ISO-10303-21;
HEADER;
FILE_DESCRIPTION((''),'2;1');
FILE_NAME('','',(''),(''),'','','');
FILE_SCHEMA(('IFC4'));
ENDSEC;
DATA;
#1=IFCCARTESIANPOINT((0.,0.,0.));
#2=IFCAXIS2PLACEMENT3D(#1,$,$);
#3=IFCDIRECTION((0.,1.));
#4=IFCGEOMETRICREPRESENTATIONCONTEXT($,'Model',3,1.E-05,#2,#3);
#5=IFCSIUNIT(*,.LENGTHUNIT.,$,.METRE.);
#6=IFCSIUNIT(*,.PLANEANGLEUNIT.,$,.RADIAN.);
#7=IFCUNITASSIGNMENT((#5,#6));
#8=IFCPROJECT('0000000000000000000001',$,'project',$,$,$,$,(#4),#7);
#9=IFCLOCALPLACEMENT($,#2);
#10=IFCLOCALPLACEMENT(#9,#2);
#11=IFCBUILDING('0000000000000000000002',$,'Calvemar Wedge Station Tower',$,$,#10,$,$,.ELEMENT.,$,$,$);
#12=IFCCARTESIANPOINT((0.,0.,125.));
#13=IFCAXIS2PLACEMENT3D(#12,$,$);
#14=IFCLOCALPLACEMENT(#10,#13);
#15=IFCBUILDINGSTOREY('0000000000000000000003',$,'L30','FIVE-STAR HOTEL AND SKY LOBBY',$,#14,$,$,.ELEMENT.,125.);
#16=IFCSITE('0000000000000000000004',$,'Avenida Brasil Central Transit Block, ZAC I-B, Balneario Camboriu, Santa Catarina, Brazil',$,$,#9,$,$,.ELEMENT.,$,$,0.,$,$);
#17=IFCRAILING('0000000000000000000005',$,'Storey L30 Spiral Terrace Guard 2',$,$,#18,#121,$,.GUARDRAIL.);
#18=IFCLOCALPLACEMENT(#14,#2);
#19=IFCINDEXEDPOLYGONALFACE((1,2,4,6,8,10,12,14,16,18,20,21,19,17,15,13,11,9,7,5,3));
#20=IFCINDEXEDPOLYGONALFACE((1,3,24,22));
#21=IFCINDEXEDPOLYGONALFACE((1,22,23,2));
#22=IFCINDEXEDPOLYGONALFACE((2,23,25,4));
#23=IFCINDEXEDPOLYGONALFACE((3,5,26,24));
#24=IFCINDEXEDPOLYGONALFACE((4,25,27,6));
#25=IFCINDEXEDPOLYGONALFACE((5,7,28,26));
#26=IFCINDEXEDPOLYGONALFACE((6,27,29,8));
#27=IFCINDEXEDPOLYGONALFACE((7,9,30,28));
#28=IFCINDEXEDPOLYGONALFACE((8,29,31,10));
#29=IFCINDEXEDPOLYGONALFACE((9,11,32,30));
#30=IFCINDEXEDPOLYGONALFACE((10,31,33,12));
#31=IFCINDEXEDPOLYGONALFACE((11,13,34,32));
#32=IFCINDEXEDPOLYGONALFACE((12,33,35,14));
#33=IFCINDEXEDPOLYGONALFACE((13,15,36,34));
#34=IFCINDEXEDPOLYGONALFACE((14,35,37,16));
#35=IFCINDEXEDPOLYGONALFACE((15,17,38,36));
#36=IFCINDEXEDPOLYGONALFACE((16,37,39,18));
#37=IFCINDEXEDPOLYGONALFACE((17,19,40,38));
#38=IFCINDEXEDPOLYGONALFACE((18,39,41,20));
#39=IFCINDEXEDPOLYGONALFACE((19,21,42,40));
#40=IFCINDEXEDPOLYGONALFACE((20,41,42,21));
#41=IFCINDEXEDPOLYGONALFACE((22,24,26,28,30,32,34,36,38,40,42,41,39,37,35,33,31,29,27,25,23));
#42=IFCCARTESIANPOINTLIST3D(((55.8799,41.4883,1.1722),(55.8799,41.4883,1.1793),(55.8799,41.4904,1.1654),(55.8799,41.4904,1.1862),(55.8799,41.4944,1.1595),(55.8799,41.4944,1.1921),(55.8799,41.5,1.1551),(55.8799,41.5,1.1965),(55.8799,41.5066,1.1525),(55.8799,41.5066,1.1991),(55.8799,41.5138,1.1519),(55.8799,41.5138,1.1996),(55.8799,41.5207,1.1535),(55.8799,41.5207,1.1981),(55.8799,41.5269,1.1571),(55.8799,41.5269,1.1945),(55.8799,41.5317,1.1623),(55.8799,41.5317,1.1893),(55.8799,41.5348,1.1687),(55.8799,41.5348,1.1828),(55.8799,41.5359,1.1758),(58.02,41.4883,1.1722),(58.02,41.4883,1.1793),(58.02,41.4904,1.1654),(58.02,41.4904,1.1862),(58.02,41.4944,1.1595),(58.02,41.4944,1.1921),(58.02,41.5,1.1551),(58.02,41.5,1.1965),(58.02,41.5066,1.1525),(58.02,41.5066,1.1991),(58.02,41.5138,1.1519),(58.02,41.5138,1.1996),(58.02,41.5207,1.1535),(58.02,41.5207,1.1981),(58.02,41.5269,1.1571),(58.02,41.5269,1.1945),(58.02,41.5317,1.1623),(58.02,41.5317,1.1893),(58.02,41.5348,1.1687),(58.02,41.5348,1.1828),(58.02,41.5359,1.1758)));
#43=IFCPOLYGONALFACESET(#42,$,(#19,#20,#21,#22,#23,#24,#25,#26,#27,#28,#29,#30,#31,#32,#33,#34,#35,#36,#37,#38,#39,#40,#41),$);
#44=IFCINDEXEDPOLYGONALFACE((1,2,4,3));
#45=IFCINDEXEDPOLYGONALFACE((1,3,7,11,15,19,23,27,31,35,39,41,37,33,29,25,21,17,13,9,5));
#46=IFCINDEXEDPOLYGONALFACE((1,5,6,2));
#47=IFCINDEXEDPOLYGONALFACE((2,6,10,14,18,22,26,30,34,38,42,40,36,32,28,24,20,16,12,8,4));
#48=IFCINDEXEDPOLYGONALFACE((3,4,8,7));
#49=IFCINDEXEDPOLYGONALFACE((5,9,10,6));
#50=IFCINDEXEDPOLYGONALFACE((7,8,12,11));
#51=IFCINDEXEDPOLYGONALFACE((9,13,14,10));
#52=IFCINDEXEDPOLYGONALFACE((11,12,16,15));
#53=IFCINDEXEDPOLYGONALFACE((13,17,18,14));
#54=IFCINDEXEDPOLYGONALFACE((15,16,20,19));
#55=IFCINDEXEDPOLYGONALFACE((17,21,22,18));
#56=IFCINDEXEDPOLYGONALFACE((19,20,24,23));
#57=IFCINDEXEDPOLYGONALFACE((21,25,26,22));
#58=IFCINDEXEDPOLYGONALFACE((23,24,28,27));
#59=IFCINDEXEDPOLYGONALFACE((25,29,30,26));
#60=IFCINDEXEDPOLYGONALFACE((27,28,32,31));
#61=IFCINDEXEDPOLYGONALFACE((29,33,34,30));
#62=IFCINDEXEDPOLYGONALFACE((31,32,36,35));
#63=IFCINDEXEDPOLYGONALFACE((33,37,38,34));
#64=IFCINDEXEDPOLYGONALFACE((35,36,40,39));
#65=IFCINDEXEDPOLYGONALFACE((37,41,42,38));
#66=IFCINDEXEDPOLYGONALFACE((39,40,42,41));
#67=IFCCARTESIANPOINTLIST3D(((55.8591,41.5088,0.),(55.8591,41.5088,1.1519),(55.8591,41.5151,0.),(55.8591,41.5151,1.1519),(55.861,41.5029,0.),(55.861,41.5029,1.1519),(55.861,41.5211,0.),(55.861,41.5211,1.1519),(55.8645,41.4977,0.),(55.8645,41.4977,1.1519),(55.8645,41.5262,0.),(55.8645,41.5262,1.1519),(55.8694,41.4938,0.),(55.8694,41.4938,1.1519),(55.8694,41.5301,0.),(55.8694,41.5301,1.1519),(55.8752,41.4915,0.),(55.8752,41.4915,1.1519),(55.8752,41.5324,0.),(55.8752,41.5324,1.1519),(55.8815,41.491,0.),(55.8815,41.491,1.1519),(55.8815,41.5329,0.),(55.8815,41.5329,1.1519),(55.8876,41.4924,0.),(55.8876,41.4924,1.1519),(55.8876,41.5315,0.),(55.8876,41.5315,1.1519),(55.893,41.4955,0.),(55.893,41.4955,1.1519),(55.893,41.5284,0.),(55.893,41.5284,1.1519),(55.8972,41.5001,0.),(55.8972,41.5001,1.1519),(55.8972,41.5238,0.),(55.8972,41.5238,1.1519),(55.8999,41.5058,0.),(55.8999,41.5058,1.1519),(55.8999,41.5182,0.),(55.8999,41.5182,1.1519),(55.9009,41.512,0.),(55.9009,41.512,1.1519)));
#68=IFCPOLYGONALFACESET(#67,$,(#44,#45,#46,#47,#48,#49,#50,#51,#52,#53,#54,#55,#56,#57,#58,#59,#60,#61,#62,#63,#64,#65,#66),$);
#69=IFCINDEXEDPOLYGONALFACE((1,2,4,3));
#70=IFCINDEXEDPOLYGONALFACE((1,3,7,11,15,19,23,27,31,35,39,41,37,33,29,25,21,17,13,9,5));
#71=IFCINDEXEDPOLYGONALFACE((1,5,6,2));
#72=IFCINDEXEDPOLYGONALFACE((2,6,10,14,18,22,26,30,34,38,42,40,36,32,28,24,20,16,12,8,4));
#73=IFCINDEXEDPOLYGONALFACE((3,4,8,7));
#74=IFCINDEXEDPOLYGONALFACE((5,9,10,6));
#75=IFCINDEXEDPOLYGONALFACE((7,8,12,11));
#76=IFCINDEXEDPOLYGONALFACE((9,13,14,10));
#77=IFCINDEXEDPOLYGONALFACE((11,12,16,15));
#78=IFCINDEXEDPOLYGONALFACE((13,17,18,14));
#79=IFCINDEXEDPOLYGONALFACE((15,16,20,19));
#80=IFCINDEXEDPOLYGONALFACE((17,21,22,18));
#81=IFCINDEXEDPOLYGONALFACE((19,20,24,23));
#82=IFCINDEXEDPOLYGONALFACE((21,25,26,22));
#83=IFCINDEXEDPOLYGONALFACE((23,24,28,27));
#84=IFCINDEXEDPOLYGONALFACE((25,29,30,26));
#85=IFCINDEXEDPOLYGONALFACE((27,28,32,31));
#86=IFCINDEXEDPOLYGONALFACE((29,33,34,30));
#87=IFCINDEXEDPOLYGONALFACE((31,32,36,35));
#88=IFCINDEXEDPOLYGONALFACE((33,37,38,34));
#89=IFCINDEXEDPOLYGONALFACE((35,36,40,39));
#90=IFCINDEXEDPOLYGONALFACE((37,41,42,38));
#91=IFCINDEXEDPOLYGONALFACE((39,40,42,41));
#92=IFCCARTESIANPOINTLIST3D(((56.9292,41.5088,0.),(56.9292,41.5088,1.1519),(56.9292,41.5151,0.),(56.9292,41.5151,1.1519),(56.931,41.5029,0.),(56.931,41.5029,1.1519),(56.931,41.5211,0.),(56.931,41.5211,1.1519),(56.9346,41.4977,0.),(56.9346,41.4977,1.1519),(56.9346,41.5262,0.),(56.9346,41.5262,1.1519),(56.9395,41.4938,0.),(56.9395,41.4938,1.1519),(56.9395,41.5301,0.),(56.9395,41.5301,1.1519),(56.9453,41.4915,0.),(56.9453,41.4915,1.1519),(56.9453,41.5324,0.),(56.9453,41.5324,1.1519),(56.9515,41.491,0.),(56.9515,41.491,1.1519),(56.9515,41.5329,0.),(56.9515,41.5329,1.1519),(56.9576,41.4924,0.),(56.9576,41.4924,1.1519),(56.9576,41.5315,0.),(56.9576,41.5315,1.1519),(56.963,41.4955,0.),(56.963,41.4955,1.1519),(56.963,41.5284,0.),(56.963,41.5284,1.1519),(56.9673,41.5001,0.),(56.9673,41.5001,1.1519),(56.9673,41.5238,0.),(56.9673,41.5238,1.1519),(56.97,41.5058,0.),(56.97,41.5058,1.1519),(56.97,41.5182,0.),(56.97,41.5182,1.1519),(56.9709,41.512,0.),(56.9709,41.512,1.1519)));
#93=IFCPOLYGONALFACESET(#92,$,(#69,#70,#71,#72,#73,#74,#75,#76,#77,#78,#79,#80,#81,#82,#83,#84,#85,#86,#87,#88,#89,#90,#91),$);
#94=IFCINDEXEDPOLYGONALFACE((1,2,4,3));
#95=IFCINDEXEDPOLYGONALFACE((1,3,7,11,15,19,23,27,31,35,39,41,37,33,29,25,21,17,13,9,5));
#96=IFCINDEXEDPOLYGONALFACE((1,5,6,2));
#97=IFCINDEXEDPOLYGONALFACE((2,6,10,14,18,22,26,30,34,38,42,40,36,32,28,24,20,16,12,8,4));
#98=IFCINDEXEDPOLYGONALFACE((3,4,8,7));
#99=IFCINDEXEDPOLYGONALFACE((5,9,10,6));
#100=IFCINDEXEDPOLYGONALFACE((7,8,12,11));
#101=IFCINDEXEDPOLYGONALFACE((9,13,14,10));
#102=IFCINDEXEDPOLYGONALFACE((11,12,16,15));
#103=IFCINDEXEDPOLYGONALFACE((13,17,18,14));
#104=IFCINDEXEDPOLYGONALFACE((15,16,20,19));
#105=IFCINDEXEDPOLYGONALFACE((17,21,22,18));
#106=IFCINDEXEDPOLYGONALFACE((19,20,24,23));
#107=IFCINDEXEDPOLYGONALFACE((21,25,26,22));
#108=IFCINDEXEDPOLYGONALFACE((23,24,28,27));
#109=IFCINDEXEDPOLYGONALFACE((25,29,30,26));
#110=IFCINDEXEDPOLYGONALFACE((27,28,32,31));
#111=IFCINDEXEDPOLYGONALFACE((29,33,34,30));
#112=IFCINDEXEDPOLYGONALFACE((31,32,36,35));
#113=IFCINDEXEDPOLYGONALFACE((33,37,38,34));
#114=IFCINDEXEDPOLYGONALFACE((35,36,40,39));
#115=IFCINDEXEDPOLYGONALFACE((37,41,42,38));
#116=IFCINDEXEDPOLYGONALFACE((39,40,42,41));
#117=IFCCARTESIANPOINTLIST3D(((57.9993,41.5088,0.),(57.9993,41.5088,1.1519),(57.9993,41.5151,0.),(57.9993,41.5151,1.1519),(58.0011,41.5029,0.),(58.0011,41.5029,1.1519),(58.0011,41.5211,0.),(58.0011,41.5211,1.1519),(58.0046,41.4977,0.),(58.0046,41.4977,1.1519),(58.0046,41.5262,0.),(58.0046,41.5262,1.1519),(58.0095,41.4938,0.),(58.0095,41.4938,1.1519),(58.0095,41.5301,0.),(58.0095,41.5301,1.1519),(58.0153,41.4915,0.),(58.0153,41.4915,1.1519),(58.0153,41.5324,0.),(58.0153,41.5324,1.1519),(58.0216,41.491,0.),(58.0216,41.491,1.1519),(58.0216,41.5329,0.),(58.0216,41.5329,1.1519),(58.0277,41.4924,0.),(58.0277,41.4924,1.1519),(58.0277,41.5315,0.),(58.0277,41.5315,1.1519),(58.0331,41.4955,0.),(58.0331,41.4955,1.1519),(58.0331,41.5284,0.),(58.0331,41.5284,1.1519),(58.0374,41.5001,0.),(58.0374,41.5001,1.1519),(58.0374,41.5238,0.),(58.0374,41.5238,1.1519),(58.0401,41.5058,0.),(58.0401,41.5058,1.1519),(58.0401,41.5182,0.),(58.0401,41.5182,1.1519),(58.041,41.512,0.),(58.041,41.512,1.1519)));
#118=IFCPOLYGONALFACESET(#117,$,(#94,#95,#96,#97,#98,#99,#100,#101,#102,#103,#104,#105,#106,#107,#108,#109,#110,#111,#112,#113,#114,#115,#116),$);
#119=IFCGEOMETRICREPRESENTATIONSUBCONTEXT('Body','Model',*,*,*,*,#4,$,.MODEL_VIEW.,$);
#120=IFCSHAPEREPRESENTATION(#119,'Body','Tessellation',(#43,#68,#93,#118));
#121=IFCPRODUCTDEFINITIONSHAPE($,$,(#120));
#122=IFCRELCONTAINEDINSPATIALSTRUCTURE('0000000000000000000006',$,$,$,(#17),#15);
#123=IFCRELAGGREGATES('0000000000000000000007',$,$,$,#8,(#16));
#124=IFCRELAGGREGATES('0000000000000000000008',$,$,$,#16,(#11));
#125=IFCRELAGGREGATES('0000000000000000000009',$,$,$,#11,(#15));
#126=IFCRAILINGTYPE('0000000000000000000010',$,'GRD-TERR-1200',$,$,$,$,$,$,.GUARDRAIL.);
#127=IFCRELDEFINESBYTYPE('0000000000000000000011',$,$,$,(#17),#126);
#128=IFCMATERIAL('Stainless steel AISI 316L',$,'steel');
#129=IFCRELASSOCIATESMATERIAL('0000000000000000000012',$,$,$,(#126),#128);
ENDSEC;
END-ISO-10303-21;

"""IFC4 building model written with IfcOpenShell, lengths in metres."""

from ifc_helpers import new_model, si_unit, direction, frame, origin, origin_2d, place, context, subcontext, project, spatial, circle, extrude, material, type_object, element, save


model = new_model("IFC4")

# Units and contexts
model_context = context("Model", 3, precision=1e-05, world=origin(), true_north=direction((0.0, 1.0)))
body_context = subcontext(model_context, "Body", "Model", "MODEL_VIEW")
ifc_project = project(units=[si_unit("LENGTHUNIT", "METRE"), si_unit("PLANEANGLEUNIT", "RADIAN")], contexts=[model_context])

# Site, building, storey
site_placement = place(None, origin())
site = spatial("IfcSite", under=ifc_project, at=site_placement, Name="Avenida Brasil Central Transit Block, ZAC I-B, Balneario Camboriu, Santa Catarina, Brazil", CompositionType="ELEMENT", RefElevation=0.0)
building_placement = place(site_placement, origin())
building = spatial("IfcBuilding", under=site, at=building_placement, Name="Calvemar Wedge Station Tower", CompositionType="ELEMENT")
storey_placement = place(building_placement, frame((0.0, 0.0, 125.0)))
storey = spatial("IfcBuildingStorey", under=building, at=storey_placement, Name="L30", Description="FIVE-STAR HOTEL AND SKY LOBBY", CompositionType="ELEMENT", Elevation=125.0)

# Railing
ifc_material_1 = material(Name="Stainless steel AISI 316L", Category="steel")
railing_type = type_object("IfcRailingType", Name="GRD-TERR-1200", PredefinedType="GUARDRAIL", material=ifc_material_1)
railing_1_placement = place(storey_placement, frame((55.8799, 41.512, 0.0)))
element("IfcRailing", 1, at=railing_1_placement, inside=storey, type_object=railing_type, Name="Storey L30 Spiral Terrace Guard 2", PredefinedType="GUARDRAIL", context=body_context, shape_type="SweptSolid", body=[
    extrude(circle(Radius=0.0239, at=origin_2d()), frame((0.0, 0.0, 1.1758), z_axis=(1.0, 0.0, 0.0), x_axis=(0.0, 1.0, 0.0)), (0.0, 0.0, 1.0), 2.1401),
    extrude(circle(Radius=0.021, at=origin_2d()), origin(), (0.0, 0.0, 1.0), 1.1519),
    extrude(circle(Radius=0.021, at=origin_2d()), frame((1.0701, 0.0, 0.0)), (0.0, 0.0, 1.0), 1.1519),
    extrude(circle(Radius=0.021, at=origin_2d()), frame((2.1401, 0.0, 0.0)), (0.0, 0.0, 1.0), 1.1519),
])

save(model, "model.ifc")
